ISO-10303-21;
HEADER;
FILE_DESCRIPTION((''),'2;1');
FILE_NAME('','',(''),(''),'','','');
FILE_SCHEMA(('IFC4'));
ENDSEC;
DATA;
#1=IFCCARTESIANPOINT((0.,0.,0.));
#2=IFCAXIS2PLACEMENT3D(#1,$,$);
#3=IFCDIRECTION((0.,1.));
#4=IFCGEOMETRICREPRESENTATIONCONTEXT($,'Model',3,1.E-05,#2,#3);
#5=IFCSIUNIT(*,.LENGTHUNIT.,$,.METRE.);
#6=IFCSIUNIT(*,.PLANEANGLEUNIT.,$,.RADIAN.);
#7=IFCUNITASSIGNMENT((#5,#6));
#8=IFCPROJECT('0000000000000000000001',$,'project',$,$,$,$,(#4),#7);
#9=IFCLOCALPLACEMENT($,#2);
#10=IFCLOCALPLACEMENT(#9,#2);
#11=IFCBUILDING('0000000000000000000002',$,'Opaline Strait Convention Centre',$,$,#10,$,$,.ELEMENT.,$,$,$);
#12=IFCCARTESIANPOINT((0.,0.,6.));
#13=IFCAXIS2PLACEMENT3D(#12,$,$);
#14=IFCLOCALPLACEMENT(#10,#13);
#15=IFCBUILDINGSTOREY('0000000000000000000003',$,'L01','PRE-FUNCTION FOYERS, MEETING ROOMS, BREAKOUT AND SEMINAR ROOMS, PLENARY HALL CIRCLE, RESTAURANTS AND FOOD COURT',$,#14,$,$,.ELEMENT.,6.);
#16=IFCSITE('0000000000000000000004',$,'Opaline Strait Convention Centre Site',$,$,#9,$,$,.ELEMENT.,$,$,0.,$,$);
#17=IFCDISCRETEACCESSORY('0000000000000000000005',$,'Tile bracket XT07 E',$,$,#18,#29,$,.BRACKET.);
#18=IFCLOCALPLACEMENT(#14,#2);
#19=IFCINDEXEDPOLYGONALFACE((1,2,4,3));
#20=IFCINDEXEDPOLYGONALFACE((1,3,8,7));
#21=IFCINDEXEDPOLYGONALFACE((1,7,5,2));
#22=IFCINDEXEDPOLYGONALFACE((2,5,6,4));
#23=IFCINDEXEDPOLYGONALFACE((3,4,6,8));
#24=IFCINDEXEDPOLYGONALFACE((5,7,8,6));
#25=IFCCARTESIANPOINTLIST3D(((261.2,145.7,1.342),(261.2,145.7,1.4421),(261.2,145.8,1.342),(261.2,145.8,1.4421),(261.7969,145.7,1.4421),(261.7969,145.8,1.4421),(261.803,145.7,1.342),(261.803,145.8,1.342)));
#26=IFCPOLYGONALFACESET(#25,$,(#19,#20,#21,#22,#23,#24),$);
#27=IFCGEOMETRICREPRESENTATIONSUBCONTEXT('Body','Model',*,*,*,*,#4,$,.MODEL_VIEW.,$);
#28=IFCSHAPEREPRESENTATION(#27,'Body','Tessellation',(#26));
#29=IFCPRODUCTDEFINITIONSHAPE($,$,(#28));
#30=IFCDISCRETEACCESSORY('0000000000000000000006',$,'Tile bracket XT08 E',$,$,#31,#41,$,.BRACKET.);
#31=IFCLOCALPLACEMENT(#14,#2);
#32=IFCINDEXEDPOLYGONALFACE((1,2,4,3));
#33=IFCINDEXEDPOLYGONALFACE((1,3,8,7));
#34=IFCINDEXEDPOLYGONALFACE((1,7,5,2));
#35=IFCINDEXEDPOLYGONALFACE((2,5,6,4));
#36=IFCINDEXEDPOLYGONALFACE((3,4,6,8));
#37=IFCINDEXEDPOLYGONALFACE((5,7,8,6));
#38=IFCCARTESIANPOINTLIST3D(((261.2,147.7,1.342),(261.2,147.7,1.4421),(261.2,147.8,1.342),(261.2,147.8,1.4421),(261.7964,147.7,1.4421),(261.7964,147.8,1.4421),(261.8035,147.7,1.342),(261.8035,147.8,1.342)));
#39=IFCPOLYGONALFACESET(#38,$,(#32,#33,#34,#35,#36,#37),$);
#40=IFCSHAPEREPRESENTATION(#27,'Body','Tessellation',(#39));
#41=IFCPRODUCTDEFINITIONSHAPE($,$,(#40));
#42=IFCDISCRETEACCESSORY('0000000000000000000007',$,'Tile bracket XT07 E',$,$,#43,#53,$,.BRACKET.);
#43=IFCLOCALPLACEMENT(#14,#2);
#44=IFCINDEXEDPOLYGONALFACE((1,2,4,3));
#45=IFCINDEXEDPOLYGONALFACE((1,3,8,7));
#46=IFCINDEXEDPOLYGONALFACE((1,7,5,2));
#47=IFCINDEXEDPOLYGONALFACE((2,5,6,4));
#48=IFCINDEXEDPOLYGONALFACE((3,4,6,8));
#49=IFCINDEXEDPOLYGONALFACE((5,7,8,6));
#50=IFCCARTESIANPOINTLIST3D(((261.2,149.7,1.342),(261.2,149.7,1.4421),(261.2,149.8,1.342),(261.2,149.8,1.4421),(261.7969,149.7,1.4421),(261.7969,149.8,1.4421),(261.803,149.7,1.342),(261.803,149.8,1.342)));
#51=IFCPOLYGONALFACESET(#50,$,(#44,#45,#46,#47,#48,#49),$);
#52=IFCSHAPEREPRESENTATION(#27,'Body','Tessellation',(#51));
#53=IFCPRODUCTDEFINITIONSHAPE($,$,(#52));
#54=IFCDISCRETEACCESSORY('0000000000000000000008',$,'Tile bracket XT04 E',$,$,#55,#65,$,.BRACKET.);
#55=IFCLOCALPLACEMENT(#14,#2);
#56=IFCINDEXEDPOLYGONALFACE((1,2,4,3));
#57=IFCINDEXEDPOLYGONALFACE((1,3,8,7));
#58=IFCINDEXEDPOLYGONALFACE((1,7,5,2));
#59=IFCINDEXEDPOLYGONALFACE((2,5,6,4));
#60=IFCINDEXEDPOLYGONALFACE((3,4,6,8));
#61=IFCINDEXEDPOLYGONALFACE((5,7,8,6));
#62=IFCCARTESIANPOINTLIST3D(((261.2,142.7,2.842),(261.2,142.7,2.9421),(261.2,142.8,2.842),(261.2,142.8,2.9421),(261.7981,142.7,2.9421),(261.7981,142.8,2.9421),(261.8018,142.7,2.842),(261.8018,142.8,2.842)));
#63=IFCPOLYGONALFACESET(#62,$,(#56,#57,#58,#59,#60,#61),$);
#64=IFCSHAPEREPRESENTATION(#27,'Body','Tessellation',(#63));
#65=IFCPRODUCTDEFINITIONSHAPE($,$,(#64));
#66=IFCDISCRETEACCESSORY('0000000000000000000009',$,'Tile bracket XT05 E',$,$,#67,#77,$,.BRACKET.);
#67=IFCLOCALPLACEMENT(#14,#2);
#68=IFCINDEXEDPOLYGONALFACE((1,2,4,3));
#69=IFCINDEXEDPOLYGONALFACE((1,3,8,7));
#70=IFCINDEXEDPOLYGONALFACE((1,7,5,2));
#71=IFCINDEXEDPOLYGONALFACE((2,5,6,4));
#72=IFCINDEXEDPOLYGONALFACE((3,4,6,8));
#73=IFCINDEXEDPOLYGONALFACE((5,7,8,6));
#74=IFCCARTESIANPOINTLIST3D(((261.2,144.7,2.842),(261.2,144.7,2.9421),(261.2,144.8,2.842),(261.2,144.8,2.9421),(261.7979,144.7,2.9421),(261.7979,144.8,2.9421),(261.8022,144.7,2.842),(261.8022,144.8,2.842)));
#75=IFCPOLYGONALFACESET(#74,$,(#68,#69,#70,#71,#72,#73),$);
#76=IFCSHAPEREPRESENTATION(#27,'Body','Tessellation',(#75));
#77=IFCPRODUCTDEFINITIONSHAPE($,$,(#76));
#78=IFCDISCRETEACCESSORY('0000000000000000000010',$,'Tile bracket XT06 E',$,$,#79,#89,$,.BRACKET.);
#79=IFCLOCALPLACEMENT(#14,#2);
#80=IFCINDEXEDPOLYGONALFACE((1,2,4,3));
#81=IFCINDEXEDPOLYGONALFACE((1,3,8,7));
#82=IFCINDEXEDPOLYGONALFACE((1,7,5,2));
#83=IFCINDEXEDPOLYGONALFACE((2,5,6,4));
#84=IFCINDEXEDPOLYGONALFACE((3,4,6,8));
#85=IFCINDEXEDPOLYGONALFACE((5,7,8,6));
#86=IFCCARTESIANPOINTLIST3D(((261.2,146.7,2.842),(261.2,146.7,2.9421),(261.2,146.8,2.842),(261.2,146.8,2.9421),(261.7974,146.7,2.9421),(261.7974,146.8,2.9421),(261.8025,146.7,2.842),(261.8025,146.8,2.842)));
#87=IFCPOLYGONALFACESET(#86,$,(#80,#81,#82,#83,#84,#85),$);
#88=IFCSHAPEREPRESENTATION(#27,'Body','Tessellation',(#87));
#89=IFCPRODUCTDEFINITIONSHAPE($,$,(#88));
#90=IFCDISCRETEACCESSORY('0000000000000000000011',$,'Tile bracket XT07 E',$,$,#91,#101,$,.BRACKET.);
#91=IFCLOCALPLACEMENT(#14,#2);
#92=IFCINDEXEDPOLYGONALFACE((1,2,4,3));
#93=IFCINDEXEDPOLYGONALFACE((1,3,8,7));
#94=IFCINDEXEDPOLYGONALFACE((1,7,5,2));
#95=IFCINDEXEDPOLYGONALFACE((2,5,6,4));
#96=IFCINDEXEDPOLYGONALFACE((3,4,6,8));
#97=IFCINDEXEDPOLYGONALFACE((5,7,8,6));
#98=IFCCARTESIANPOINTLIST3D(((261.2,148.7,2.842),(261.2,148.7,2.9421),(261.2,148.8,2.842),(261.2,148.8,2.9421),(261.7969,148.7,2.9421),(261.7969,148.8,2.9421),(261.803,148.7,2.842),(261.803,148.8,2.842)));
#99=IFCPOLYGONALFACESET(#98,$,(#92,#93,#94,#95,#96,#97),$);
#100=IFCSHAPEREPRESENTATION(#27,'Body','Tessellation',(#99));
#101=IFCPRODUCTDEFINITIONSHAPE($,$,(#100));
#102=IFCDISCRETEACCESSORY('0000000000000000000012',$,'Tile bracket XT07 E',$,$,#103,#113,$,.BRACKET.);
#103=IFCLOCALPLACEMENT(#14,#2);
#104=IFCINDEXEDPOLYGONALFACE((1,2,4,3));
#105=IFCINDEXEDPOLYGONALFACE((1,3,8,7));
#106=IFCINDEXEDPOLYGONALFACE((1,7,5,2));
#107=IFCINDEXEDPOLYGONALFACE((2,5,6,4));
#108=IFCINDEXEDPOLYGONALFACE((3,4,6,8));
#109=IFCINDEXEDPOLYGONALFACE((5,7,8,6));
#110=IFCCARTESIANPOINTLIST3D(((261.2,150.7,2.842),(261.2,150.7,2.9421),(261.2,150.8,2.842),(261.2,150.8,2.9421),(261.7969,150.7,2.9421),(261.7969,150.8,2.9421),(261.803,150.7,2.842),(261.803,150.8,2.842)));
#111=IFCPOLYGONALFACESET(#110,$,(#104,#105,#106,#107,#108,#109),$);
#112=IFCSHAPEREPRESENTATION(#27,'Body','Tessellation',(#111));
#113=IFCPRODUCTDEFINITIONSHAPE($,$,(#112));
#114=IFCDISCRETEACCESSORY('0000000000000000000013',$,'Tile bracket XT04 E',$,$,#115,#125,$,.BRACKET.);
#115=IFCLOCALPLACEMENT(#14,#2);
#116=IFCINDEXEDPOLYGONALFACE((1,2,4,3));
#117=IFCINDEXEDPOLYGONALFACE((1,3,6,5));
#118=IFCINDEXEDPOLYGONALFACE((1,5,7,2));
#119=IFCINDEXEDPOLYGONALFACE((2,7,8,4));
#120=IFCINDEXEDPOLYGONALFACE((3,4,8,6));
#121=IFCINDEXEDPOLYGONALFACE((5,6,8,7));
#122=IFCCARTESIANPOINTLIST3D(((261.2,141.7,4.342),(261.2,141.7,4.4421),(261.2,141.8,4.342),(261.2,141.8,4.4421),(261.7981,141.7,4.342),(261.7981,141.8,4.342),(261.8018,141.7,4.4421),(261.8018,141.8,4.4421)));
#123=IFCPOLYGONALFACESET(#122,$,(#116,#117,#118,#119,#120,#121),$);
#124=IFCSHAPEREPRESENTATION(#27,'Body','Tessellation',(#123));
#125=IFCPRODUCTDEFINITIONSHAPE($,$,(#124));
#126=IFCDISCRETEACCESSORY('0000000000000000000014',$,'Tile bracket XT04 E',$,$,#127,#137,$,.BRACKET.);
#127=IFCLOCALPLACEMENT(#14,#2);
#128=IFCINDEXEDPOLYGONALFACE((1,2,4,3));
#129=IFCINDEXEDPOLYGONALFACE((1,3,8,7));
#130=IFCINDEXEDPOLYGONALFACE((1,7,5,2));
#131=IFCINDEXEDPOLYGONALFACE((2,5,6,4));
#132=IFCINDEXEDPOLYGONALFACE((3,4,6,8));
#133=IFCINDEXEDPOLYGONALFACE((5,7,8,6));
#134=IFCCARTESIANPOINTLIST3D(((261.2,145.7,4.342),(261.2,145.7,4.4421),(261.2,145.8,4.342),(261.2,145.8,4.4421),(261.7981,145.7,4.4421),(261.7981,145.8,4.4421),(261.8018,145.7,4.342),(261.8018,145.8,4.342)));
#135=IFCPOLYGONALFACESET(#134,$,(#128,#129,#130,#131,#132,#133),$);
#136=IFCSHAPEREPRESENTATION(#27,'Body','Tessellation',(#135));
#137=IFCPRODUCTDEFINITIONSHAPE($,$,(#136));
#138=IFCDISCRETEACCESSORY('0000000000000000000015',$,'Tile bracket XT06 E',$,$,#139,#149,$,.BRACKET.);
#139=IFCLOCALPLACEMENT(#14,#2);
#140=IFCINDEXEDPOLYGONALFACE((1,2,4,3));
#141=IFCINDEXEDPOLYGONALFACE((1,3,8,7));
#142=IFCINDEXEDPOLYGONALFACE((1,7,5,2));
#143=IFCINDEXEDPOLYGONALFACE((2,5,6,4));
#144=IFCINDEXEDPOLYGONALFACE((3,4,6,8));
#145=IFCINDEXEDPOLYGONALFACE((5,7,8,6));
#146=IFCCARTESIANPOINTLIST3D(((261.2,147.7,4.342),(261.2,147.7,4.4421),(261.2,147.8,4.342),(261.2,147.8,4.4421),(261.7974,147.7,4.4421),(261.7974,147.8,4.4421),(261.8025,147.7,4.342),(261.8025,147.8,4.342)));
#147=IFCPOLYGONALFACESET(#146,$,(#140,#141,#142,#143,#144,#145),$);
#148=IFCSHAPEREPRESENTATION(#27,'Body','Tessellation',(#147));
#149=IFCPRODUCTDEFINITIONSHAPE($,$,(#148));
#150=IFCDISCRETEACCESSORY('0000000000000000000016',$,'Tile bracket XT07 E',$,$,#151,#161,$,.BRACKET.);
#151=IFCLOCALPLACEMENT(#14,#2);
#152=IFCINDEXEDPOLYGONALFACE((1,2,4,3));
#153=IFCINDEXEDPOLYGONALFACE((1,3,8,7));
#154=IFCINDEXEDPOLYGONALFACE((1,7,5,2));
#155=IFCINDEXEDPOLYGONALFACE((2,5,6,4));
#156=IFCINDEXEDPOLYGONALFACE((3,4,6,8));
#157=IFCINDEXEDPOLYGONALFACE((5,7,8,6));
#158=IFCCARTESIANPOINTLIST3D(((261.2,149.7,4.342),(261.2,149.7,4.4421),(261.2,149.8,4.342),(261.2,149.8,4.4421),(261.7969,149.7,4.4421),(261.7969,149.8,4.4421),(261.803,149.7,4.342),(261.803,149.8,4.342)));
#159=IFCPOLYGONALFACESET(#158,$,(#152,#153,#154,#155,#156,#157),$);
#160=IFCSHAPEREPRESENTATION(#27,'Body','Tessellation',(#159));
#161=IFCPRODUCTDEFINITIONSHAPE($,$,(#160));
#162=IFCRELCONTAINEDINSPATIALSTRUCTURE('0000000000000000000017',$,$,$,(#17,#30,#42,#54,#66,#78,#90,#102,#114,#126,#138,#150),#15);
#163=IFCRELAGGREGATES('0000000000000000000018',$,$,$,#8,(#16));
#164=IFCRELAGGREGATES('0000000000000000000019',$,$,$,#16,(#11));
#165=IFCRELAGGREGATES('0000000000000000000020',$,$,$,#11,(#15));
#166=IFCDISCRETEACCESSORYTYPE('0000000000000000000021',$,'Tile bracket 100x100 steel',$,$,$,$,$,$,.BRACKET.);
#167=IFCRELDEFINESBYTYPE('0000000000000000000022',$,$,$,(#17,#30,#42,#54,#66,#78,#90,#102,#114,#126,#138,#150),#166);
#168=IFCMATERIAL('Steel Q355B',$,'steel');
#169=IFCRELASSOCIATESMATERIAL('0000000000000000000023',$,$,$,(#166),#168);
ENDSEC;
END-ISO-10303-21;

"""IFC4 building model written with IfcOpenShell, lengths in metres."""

from ifc_helpers import new_model, si_unit, direction, frame, origin, place, context, subcontext, project, spatial, polyline, outline, extrude, material, type_object, element, save


model = new_model("IFC4")

# Units and contexts
model_context = context("Model", 3, precision=1e-05, world=origin(), true_north=direction((0.0, 1.0)))
body_context = subcontext(model_context, "Body", "Model", "MODEL_VIEW")
ifc_project = project(units=[si_unit("LENGTHUNIT", "METRE"), si_unit("PLANEANGLEUNIT", "RADIAN")], contexts=[model_context])

# Site, building, storey
site_placement = place(None, origin())
site = spatial("IfcSite", under=ifc_project, at=site_placement, Name="Opaline Strait Convention Centre Site", CompositionType="ELEMENT", RefElevation=0.0)
building_placement = place(site_placement, origin())
building = spatial("IfcBuilding", under=site, at=building_placement, Name="Opaline Strait Convention Centre", CompositionType="ELEMENT")
storey_placement = place(building_placement, frame((0.0, 0.0, 6.0)))
storey = spatial("IfcBuildingStorey", under=building, at=storey_placement, Name="L01", Description="PRE-FUNCTION FOYERS, MEETING ROOMS, BREAKOUT AND SEMINAR ROOMS, PLENARY HALL CIRCLE, RESTAURANTS AND FOOD COURT", CompositionType="ELEMENT", Elevation=6.0)

# Shared definitions
ifc_material_1 = material(Name="Steel Q355B", Category="steel")

# Discrete accessories
discrete_accessory_type = type_object("IfcDiscreteAccessoryType", Name="Tile bracket 100x100 steel", PredefinedType="BRACKET", material=ifc_material_1)
discrete_accessory_1_placement = place(storey_placement, frame((261.2, 145.7, 1.3921), z_axis=(0.0, 1.0, 0.0), x_axis=(-1.0, 0.0, 0.0)))
element("IfcDiscreteAccessory", 1, at=discrete_accessory_1_placement, inside=storey, type_object=discrete_accessory_type, Name="Tile bracket XT07 E", PredefinedType="BRACKET", context=body_context, shape_type="SweptSolid", body=[
    extrude(outline(polyline([(0.0, -0.05), (0.0, 0.05), (-0.5969, 0.05), (-0.603, -0.05), (0.0, -0.05)])), origin(), (0.0, 0.0, 1.0), 0.1001),
])
discrete_accessory_2_placement = place(storey_placement, frame((261.2, 147.7, 1.3921), z_axis=(0.0, 1.0, 0.0), x_axis=(-1.0, 0.0, 0.0)))
element("IfcDiscreteAccessory", 2, at=discrete_accessory_2_placement, inside=storey, type_object=discrete_accessory_type, Name="Tile bracket XT08 E", PredefinedType="BRACKET", context=body_context, shape_type="SweptSolid", body=[
    extrude(outline(polyline([(0.0, -0.05), (0.0, 0.05), (-0.5964, 0.05), (-0.6035, -0.05), (0.0, -0.05)])), origin(), (0.0, 0.0, 1.0), 0.1001),
])
discrete_accessory_3_placement = place(storey_placement, frame((261.2, 149.7, 1.3921), z_axis=(0.0, 1.0, 0.0), x_axis=(-1.0, 0.0, 0.0)))
element("IfcDiscreteAccessory", 3, at=discrete_accessory_3_placement, inside=storey, type_object=discrete_accessory_type, Name="Tile bracket XT07 E", PredefinedType="BRACKET", context=body_context, shape_type="SweptSolid", body=[
    extrude(outline(polyline([(0.0, -0.05), (0.0, 0.05), (-0.5969, 0.05), (-0.603, -0.05), (0.0, -0.05)])), origin(), (0.0, 0.0, 1.0), 0.1001),
])
discrete_accessory_4_placement = place(storey_placement, frame((261.2, 142.7, 2.8921), z_axis=(0.0, 1.0, 0.0), x_axis=(-1.0, 0.0, 0.0)))
element("IfcDiscreteAccessory", 4, at=discrete_accessory_4_placement, inside=storey, type_object=discrete_accessory_type, Name="Tile bracket XT04 E", PredefinedType="BRACKET", context=body_context, shape_type="SweptSolid", body=[
    extrude(outline(polyline([(0.0, -0.05), (0.0, 0.05), (-0.5981, 0.05), (-0.6018, -0.05), (0.0, -0.05)])), origin(), (0.0, 0.0, 1.0), 0.1001),
])
discrete_accessory_5_placement = place(storey_placement, frame((261.2, 144.7, 2.8921), z_axis=(0.0, 1.0, 0.0), x_axis=(-1.0, 0.0, 0.0)))
element("IfcDiscreteAccessory", 5, at=discrete_accessory_5_placement, inside=storey, type_object=discrete_accessory_type, Name="Tile bracket XT05 E", PredefinedType="BRACKET", context=body_context, shape_type="SweptSolid", body=[
    extrude(outline(polyline([(0.0, -0.05), (0.0, 0.05), (-0.5979, 0.05), (-0.6023, -0.05), (0.0, -0.05)])), origin(), (0.0, 0.0, 1.0), 0.1001),
])
discrete_accessory_6_placement = place(storey_placement, frame((261.2, 146.7, 2.8921), z_axis=(0.0, 1.0, 0.0), x_axis=(-1.0, 0.0, 0.0)))
element("IfcDiscreteAccessory", 6, at=discrete_accessory_6_placement, inside=storey, type_object=discrete_accessory_type, Name="Tile bracket XT06 E", PredefinedType="BRACKET", context=body_context, shape_type="SweptSolid", body=[
    extrude(outline(polyline([(0.0, -0.05), (0.0, 0.05), (-0.5974, 0.05), (-0.6025, -0.05), (0.0, -0.05)])), origin(), (0.0, 0.0, 1.0), 0.1001),
])
for number, where, z_axis, x_axis, name in (
    (7, (261.2, 148.7, 2.8921), (0.0, 1.0, 0.0), (-1.0, 0.0, 0.0), "Tile bracket XT07 E"),
    (8, (261.2, 150.7, 2.8921), (0.0, 1.0, 0.0), (-1.0, 0.0, 0.0), "Tile bracket XT07 E"),
):
    element("IfcDiscreteAccessory", number, at=place(storey_placement, frame(where, z_axis=z_axis, x_axis=x_axis)), inside=storey, type_object=discrete_accessory_type, Name=name, PredefinedType="BRACKET", context=body_context, shape_type="SweptSolid", body=[
        extrude(outline(polyline([(0.0, -0.05), (0.0, 0.05), (-0.5969, 0.05), (-0.603, -0.05), (0.0, -0.05)])), origin(), (0.0, 0.0, 1.0), 0.1001),
    ])
discrete_accessory_7_placement = place(storey_placement, frame((261.2, 141.7, 4.3921), z_axis=(0.0, 1.0, 0.0), x_axis=(-1.0, 0.0, 0.0)))
element("IfcDiscreteAccessory", 9, at=discrete_accessory_7_placement, inside=storey, type_object=discrete_accessory_type, Name="Tile bracket XT04 E", PredefinedType="BRACKET", context=body_context, shape_type="SweptSolid", body=[
    extrude(outline(polyline([(0.0, -0.05), (0.0, 0.05), (-0.6018, 0.05), (-0.5981, -0.05), (0.0, -0.05)])), origin(), (0.0, 0.0, 1.0), 0.1001),
])
discrete_accessory_8_placement = place(storey_placement, frame((261.2, 145.7, 4.3921), z_axis=(0.0, 1.0, 0.0), x_axis=(-1.0, 0.0, 0.0)))
element("IfcDiscreteAccessory", 10, at=discrete_accessory_8_placement, inside=storey, type_object=discrete_accessory_type, Name="Tile bracket XT04 E", PredefinedType="BRACKET", context=body_context, shape_type="SweptSolid", body=[
    extrude(outline(polyline([(0.0, -0.05), (0.0, 0.05), (-0.5981, 0.05), (-0.6018, -0.05), (0.0, -0.05)])), origin(), (0.0, 0.0, 1.0), 0.1001),
])
discrete_accessory_9_placement = place(storey_placement, frame((261.2, 147.7, 4.3921), z_axis=(0.0, 1.0, 0.0), x_axis=(-1.0, 0.0, 0.0)))
element("IfcDiscreteAccessory", 11, at=discrete_accessory_9_placement, inside=storey, type_object=discrete_accessory_type, Name="Tile bracket XT06 E", PredefinedType="BRACKET", context=body_context, shape_type="SweptSolid", body=[
    extrude(outline(polyline([(0.0, -0.05), (0.0, 0.05), (-0.5974, 0.05), (-0.6025, -0.05), (0.0, -0.05)])), origin(), (0.0, 0.0, 1.0), 0.1001),
])
discrete_accessory_10_placement = place(storey_placement, frame((261.2, 149.7, 4.3921), z_axis=(0.0, 1.0, 0.0), x_axis=(-1.0, 0.0, 0.0)))
element("IfcDiscreteAccessory", 12, at=discrete_accessory_10_placement, inside=storey, type_object=discrete_accessory_type, Name="Tile bracket XT07 E", PredefinedType="BRACKET", context=body_context, shape_type="SweptSolid", body=[
    extrude(outline(polyline([(0.0, -0.05), (0.0, 0.05), (-0.5969, 0.05), (-0.603, -0.05), (0.0, -0.05)])), origin(), (0.0, 0.0, 1.0), 0.1001),
])

save(model, "model.ifc")
